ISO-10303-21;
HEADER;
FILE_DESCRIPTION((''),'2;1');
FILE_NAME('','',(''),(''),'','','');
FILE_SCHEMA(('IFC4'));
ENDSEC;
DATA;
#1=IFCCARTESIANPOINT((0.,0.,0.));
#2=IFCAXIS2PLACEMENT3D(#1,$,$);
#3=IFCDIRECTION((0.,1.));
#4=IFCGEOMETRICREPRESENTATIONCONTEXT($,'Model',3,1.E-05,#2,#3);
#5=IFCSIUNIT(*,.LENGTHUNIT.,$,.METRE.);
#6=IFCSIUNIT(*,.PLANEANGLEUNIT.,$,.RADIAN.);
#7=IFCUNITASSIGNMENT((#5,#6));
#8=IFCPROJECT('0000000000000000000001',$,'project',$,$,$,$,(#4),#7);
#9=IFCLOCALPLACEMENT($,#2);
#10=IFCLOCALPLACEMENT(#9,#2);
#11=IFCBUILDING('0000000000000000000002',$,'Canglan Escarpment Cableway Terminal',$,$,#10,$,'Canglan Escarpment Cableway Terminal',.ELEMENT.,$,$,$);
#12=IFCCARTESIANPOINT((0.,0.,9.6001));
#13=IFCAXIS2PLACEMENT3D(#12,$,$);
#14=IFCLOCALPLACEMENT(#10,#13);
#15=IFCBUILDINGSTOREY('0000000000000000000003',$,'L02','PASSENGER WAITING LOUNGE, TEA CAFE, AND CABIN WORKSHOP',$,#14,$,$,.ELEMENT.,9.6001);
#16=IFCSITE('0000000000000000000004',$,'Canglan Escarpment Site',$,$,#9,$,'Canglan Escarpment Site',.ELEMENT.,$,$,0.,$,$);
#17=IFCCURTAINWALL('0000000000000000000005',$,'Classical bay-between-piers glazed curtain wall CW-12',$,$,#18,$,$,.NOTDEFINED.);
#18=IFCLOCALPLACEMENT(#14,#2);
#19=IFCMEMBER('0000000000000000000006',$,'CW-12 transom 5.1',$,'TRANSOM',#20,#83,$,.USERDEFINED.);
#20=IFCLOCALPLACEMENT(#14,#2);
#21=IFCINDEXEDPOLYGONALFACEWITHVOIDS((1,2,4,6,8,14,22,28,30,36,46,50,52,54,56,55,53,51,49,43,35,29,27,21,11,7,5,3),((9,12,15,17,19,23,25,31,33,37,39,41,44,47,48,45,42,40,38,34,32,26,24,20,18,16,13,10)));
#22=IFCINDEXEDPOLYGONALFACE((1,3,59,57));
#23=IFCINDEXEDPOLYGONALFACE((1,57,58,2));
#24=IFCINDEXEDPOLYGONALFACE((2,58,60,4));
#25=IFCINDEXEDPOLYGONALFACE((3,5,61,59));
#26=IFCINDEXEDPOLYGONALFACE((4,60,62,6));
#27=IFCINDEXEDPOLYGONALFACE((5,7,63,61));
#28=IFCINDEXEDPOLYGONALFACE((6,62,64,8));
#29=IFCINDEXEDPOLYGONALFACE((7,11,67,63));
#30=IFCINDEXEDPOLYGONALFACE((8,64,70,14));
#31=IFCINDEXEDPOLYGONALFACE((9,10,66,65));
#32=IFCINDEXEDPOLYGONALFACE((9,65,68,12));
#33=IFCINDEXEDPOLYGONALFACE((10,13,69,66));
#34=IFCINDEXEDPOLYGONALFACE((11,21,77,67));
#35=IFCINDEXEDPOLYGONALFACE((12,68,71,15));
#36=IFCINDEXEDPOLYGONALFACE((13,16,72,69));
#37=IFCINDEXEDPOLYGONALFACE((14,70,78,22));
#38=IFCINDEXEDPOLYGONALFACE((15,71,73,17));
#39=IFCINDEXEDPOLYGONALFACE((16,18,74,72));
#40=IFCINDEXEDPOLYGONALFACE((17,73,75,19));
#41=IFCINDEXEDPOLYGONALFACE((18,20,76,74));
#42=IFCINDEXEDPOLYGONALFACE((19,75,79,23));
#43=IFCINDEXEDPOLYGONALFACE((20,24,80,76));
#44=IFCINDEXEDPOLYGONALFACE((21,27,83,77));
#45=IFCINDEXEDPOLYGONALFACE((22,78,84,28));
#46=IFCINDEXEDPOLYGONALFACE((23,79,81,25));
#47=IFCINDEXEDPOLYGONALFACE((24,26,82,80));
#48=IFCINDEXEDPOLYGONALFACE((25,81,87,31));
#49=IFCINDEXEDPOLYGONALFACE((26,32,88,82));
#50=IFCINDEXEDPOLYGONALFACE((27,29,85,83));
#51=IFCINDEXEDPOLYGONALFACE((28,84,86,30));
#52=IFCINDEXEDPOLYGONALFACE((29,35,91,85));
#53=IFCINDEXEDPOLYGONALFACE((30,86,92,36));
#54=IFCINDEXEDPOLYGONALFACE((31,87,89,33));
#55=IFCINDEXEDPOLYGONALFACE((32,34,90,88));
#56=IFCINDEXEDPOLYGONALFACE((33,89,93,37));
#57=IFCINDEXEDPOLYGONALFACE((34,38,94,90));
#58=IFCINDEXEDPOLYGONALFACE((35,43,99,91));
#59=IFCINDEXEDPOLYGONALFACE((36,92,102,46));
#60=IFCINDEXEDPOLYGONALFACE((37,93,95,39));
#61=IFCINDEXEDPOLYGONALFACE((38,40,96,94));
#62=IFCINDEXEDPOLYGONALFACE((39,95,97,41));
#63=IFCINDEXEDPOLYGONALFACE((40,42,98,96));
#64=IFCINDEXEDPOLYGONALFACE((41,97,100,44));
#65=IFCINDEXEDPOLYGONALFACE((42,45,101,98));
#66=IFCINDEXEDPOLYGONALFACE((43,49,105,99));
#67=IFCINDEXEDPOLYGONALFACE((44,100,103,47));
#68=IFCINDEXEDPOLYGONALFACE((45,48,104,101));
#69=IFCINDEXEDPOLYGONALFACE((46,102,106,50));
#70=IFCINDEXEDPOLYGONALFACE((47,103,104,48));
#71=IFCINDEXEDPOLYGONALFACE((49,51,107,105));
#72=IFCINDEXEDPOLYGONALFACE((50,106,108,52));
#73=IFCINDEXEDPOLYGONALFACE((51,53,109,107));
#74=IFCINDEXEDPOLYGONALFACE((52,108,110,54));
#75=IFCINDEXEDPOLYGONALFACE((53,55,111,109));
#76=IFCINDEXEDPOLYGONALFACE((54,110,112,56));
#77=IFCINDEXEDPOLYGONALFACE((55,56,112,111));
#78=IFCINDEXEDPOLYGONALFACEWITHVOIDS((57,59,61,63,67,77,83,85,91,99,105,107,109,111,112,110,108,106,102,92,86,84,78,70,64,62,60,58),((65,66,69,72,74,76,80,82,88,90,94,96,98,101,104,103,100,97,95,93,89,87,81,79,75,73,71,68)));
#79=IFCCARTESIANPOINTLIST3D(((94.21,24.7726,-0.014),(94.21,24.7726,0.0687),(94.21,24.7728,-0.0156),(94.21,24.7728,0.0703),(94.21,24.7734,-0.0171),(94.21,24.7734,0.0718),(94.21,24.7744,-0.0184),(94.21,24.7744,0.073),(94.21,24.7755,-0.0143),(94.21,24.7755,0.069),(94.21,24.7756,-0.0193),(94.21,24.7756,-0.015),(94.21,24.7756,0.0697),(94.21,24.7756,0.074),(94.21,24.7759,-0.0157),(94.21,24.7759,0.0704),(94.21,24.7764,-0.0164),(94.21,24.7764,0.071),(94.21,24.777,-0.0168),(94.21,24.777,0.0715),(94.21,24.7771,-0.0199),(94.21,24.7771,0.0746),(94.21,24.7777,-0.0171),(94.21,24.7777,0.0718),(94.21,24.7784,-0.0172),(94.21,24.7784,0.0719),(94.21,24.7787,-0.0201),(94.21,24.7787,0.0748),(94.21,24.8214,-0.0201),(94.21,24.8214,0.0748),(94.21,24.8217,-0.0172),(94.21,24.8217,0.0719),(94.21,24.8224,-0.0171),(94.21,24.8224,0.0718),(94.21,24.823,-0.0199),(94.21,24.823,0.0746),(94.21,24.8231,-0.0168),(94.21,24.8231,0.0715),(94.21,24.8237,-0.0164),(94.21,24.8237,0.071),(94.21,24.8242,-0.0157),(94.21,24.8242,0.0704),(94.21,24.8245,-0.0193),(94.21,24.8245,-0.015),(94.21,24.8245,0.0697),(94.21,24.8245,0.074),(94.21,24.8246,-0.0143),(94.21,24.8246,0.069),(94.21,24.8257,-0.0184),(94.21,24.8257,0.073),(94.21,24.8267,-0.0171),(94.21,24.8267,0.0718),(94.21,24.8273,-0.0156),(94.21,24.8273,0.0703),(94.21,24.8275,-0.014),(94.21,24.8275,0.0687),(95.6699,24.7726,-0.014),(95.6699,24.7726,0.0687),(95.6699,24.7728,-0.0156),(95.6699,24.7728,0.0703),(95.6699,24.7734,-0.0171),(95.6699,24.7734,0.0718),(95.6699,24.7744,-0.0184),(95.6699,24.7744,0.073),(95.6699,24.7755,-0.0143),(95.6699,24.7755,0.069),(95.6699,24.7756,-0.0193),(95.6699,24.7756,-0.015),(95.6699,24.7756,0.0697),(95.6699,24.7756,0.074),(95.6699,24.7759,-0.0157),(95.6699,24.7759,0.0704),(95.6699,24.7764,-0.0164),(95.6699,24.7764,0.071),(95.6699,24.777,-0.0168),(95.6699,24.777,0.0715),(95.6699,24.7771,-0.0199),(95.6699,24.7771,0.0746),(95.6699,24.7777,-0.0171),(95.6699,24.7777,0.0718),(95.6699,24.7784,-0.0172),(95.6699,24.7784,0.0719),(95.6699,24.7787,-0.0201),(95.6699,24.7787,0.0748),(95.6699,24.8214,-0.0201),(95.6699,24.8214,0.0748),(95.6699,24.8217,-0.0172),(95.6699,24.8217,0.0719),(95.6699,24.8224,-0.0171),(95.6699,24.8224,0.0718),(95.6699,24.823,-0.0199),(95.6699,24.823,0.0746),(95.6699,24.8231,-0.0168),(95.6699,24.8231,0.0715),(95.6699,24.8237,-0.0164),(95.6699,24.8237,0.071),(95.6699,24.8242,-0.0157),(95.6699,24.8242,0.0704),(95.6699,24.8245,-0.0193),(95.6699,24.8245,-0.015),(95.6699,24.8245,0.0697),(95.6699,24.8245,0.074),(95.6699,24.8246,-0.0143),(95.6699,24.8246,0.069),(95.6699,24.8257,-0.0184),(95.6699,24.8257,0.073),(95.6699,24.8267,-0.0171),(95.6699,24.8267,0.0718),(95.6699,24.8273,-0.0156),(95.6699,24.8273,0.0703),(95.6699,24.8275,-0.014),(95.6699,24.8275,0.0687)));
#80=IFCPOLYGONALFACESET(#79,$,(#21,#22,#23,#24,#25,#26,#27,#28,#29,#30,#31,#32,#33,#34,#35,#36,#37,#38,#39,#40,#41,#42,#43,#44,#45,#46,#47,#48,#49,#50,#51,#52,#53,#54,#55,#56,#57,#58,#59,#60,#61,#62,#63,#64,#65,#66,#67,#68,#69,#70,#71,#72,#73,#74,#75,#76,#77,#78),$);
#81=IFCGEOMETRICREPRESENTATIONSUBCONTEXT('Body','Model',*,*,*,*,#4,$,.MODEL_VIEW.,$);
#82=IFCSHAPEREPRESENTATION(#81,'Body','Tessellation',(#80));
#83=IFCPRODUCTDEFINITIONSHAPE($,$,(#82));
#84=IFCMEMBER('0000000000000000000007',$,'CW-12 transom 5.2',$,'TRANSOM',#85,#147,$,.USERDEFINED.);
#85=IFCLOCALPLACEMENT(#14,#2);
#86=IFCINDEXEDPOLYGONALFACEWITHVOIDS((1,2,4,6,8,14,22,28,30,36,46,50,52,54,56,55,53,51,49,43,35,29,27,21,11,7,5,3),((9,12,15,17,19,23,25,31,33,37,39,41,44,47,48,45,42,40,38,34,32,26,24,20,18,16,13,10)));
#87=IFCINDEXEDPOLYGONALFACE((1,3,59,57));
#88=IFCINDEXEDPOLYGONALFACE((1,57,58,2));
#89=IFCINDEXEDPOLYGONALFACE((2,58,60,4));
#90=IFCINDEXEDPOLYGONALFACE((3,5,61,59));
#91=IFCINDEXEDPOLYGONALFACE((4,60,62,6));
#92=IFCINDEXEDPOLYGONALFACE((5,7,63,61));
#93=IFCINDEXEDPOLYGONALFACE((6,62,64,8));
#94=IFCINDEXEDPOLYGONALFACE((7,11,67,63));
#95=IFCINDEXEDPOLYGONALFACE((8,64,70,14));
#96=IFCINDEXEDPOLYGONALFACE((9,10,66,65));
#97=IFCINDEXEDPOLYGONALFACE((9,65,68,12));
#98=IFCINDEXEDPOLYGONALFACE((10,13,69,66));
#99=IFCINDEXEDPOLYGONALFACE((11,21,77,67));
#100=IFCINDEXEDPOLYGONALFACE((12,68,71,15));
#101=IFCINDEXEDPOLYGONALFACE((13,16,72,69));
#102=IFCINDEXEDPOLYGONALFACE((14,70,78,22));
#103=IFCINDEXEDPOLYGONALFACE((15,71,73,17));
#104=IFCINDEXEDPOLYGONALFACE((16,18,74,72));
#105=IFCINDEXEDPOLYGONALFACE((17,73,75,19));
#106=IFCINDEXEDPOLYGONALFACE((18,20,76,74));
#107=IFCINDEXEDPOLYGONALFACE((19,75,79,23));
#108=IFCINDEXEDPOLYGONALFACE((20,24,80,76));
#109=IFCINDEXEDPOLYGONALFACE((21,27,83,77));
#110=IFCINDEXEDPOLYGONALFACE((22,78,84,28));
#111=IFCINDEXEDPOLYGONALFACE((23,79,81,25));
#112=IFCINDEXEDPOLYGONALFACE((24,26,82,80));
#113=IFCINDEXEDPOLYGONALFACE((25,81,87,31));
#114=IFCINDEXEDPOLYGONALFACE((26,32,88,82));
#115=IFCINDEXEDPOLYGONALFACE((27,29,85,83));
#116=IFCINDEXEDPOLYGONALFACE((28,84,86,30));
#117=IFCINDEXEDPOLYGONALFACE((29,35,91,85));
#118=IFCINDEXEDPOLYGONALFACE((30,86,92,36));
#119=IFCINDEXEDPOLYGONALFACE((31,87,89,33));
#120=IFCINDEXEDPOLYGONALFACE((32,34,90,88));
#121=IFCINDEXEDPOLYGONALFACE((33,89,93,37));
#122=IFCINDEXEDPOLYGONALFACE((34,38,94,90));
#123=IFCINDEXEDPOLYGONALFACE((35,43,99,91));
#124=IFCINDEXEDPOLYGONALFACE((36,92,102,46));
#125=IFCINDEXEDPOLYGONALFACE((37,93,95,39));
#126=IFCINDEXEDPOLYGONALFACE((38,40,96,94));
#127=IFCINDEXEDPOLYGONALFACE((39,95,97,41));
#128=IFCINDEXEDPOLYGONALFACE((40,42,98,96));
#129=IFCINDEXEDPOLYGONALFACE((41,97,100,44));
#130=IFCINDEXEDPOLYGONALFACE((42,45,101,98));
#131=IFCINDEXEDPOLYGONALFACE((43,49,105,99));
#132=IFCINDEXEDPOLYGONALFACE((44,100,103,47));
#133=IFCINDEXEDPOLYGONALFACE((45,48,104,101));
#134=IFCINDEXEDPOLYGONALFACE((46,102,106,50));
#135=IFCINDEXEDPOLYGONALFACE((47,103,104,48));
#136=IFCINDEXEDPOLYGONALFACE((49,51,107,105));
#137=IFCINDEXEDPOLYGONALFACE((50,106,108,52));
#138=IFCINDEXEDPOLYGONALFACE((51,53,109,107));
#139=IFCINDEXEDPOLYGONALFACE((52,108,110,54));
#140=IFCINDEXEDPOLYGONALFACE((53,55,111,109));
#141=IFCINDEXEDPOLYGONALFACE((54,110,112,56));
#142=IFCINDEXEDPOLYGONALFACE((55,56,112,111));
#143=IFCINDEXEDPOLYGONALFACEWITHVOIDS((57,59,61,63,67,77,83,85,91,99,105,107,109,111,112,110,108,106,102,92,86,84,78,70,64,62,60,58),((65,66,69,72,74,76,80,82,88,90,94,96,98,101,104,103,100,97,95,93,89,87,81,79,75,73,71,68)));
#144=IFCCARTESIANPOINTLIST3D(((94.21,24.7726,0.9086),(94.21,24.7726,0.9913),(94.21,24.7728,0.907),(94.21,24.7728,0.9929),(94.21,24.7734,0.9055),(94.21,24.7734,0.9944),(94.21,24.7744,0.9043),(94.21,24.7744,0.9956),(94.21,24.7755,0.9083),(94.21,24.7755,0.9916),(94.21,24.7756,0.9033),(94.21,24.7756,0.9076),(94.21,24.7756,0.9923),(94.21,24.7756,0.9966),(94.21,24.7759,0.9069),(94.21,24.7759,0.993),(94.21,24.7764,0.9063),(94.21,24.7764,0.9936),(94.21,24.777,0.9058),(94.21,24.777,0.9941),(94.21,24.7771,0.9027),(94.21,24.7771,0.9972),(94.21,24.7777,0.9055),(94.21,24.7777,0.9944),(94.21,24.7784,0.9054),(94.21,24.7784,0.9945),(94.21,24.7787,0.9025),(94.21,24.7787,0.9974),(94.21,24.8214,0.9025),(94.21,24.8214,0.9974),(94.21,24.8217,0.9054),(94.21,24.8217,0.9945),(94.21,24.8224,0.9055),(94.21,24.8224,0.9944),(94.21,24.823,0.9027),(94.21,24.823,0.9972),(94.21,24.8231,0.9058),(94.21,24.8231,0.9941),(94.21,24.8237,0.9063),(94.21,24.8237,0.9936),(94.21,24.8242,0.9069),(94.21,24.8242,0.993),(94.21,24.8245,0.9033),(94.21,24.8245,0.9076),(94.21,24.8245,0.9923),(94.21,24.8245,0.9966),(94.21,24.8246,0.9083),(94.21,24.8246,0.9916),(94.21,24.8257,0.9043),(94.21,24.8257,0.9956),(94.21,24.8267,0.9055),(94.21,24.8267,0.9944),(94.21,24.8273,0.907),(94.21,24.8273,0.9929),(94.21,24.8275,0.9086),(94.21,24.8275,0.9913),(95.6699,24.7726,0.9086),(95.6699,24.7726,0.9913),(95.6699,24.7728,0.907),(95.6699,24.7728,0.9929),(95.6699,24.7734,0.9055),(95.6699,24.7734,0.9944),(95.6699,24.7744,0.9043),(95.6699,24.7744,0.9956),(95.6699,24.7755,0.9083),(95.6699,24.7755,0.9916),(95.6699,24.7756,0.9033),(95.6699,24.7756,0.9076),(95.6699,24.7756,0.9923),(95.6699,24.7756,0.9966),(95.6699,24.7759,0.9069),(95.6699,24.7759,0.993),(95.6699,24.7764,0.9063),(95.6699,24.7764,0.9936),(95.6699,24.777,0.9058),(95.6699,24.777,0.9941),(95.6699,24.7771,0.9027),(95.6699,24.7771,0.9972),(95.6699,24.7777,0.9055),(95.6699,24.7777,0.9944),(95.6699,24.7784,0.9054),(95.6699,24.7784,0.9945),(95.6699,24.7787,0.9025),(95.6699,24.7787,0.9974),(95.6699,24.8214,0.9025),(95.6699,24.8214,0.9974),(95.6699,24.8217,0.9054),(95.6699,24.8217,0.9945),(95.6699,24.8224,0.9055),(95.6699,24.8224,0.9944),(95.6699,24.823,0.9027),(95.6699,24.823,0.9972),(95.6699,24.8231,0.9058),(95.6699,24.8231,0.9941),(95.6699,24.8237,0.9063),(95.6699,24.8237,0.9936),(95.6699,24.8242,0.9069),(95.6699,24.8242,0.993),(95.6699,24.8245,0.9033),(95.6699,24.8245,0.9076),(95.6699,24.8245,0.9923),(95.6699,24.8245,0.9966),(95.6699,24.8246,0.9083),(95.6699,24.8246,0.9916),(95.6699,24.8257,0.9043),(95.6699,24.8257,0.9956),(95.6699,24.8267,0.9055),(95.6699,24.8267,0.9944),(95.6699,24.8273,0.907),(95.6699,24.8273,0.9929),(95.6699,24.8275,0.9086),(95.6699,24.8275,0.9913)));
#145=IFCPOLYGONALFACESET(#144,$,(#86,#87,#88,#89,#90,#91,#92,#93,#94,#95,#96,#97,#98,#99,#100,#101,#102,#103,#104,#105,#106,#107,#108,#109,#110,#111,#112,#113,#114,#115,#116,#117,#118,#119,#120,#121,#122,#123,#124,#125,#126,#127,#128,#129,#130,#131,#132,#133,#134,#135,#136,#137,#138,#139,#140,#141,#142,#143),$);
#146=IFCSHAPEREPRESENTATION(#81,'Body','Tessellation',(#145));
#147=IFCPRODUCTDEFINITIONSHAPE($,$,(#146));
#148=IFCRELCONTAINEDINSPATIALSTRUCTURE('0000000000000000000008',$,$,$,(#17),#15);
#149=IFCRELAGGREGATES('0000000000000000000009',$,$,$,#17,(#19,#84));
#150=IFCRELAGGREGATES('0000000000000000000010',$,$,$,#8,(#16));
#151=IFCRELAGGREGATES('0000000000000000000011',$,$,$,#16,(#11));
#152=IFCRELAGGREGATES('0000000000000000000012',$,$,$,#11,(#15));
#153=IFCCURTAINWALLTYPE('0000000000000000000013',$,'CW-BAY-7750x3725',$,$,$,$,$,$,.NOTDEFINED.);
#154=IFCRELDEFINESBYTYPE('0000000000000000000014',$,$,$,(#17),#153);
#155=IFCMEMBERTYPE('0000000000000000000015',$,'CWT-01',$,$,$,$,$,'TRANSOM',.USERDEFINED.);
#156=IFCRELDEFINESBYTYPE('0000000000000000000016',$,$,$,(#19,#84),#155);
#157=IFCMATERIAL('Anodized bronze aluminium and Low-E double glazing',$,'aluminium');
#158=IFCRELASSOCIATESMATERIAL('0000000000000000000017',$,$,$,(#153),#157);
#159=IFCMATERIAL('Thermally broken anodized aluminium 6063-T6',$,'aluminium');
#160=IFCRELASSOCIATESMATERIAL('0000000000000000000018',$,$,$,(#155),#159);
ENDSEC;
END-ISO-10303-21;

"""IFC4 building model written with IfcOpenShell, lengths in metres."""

from ifc_helpers import new_model, si_unit, direction, frame, origin, origin_2d, place, context, subcontext, project, spatial, hollow_rectangle, extrude, material, material_profile, profile_set, type_object, element, aggregate, save


model = new_model("IFC4")

# Units and contexts
model_context = context("Model", 3, precision=1e-05, world=origin(), true_north=direction((0.0, 1.0)))
body_context = subcontext(model_context, "Body", "Model", "MODEL_VIEW")
ifc_project = project(units=[si_unit("LENGTHUNIT", "METRE"), si_unit("PLANEANGLEUNIT", "RADIAN")], contexts=[model_context])

# Site, building, storey
site_placement = place(None, origin())
site = spatial("IfcSite", under=ifc_project, at=site_placement, Name="Canglan Escarpment Site", LongName="Canglan Escarpment Site", CompositionType="ELEMENT", RefElevation=0.0)
building_placement = place(site_placement, origin())
building = spatial("IfcBuilding", under=site, at=building_placement, Name="Canglan Escarpment Cableway Terminal", LongName="Canglan Escarpment Cableway Terminal", CompositionType="ELEMENT")
storey_placement = place(building_placement, frame((0.0, 0.0, 9.6001)))
storey = spatial("IfcBuildingStorey", under=building, at=storey_placement, Name="L02", Description="PASSENGER WAITING LOUNGE, TEA CAFE, AND CABIN WORKSHOP", CompositionType="ELEMENT", Elevation=9.6001)

# Curtain wall, members
ifc_material_1 = material(Name="Anodized bronze aluminium and Low-E double glazing", Category="aluminium")
curtain_wall_type = type_object("IfcCurtainWallType", Name="CW-BAY-7750x3725", PredefinedType="NOTDEFINED", material=ifc_material_1)
curtain_wall_placement = place(storey_placement, origin())
curtain_wall = element("IfcCurtainWall", 1, at=curtain_wall_placement, inside=storey, type_object=curtain_wall_type, Name="Classical bay-between-piers glazed curtain wall CW-12", PredefinedType="NOTDEFINED")
ifc_material_2 = material(Name="Thermally broken anodized aluminium 6063-T6", Category="aluminium")
ifc_material_profile_1 = material_profile(ifc_material_2, hollow_rectangle(XDim=0.0549, YDim=0.095, WallThickness=0.0029, InnerFilletRadius=0.0029, OuterFilletRadius=0.0061, at=origin_2d()), Name="ALU-TRAN 55x95x3")
ifc_profile_set_1 = profile_set([ifc_material_profile_1], Name="Thermally broken anodized aluminium 6063-T6")
member_type_1 = type_object("IfcMemberType", Name="CWT-01", ElementType="TRANSOM", PredefinedType="USERDEFINED", material=ifc_profile_set_1)
member_1_placement = place(storey_placement, frame((95.6699, 24.8, 0.0273), z_axis=(-1.0, 0.0, 0.0), x_axis=(0.0, -1.0, 0.0)))
member_1 = element("IfcMember", 2, at=member_1_placement, type_object=member_type_1, Name="CW-12 transom 5.1", ObjectType="TRANSOM", PredefinedType="USERDEFINED", context=body_context, shape_type="SweptSolid", body=[
    extrude(hollow_rectangle(XDim=0.0549, YDim=0.095, WallThickness=0.0029, InnerFilletRadius=0.0029, OuterFilletRadius=0.0061, at=origin_2d()), origin(), (0.0, 0.0, 1.0), 1.46),
])
member_2_placement = place(storey_placement, frame((95.6699, 24.8, 0.95), z_axis=(-1.0, 0.0, 0.0), x_axis=(0.0, -1.0, 0.0)))
member_2 = element("IfcMember", 3, at=member_2_placement, type_object=member_type_1, Name="CW-12 transom 5.2", ObjectType="TRANSOM", PredefinedType="USERDEFINED", context=body_context, shape_type="SweptSolid", body=[
    extrude(hollow_rectangle(XDim=0.0549, YDim=0.095, WallThickness=0.0029, InnerFilletRadius=0.0029, OuterFilletRadius=0.0061, at=origin_2d()), origin(), (0.0, 0.0, 1.0), 1.46),
])
aggregate(curtain_wall, [member_1, member_2])

save(model, "model.ifc")
